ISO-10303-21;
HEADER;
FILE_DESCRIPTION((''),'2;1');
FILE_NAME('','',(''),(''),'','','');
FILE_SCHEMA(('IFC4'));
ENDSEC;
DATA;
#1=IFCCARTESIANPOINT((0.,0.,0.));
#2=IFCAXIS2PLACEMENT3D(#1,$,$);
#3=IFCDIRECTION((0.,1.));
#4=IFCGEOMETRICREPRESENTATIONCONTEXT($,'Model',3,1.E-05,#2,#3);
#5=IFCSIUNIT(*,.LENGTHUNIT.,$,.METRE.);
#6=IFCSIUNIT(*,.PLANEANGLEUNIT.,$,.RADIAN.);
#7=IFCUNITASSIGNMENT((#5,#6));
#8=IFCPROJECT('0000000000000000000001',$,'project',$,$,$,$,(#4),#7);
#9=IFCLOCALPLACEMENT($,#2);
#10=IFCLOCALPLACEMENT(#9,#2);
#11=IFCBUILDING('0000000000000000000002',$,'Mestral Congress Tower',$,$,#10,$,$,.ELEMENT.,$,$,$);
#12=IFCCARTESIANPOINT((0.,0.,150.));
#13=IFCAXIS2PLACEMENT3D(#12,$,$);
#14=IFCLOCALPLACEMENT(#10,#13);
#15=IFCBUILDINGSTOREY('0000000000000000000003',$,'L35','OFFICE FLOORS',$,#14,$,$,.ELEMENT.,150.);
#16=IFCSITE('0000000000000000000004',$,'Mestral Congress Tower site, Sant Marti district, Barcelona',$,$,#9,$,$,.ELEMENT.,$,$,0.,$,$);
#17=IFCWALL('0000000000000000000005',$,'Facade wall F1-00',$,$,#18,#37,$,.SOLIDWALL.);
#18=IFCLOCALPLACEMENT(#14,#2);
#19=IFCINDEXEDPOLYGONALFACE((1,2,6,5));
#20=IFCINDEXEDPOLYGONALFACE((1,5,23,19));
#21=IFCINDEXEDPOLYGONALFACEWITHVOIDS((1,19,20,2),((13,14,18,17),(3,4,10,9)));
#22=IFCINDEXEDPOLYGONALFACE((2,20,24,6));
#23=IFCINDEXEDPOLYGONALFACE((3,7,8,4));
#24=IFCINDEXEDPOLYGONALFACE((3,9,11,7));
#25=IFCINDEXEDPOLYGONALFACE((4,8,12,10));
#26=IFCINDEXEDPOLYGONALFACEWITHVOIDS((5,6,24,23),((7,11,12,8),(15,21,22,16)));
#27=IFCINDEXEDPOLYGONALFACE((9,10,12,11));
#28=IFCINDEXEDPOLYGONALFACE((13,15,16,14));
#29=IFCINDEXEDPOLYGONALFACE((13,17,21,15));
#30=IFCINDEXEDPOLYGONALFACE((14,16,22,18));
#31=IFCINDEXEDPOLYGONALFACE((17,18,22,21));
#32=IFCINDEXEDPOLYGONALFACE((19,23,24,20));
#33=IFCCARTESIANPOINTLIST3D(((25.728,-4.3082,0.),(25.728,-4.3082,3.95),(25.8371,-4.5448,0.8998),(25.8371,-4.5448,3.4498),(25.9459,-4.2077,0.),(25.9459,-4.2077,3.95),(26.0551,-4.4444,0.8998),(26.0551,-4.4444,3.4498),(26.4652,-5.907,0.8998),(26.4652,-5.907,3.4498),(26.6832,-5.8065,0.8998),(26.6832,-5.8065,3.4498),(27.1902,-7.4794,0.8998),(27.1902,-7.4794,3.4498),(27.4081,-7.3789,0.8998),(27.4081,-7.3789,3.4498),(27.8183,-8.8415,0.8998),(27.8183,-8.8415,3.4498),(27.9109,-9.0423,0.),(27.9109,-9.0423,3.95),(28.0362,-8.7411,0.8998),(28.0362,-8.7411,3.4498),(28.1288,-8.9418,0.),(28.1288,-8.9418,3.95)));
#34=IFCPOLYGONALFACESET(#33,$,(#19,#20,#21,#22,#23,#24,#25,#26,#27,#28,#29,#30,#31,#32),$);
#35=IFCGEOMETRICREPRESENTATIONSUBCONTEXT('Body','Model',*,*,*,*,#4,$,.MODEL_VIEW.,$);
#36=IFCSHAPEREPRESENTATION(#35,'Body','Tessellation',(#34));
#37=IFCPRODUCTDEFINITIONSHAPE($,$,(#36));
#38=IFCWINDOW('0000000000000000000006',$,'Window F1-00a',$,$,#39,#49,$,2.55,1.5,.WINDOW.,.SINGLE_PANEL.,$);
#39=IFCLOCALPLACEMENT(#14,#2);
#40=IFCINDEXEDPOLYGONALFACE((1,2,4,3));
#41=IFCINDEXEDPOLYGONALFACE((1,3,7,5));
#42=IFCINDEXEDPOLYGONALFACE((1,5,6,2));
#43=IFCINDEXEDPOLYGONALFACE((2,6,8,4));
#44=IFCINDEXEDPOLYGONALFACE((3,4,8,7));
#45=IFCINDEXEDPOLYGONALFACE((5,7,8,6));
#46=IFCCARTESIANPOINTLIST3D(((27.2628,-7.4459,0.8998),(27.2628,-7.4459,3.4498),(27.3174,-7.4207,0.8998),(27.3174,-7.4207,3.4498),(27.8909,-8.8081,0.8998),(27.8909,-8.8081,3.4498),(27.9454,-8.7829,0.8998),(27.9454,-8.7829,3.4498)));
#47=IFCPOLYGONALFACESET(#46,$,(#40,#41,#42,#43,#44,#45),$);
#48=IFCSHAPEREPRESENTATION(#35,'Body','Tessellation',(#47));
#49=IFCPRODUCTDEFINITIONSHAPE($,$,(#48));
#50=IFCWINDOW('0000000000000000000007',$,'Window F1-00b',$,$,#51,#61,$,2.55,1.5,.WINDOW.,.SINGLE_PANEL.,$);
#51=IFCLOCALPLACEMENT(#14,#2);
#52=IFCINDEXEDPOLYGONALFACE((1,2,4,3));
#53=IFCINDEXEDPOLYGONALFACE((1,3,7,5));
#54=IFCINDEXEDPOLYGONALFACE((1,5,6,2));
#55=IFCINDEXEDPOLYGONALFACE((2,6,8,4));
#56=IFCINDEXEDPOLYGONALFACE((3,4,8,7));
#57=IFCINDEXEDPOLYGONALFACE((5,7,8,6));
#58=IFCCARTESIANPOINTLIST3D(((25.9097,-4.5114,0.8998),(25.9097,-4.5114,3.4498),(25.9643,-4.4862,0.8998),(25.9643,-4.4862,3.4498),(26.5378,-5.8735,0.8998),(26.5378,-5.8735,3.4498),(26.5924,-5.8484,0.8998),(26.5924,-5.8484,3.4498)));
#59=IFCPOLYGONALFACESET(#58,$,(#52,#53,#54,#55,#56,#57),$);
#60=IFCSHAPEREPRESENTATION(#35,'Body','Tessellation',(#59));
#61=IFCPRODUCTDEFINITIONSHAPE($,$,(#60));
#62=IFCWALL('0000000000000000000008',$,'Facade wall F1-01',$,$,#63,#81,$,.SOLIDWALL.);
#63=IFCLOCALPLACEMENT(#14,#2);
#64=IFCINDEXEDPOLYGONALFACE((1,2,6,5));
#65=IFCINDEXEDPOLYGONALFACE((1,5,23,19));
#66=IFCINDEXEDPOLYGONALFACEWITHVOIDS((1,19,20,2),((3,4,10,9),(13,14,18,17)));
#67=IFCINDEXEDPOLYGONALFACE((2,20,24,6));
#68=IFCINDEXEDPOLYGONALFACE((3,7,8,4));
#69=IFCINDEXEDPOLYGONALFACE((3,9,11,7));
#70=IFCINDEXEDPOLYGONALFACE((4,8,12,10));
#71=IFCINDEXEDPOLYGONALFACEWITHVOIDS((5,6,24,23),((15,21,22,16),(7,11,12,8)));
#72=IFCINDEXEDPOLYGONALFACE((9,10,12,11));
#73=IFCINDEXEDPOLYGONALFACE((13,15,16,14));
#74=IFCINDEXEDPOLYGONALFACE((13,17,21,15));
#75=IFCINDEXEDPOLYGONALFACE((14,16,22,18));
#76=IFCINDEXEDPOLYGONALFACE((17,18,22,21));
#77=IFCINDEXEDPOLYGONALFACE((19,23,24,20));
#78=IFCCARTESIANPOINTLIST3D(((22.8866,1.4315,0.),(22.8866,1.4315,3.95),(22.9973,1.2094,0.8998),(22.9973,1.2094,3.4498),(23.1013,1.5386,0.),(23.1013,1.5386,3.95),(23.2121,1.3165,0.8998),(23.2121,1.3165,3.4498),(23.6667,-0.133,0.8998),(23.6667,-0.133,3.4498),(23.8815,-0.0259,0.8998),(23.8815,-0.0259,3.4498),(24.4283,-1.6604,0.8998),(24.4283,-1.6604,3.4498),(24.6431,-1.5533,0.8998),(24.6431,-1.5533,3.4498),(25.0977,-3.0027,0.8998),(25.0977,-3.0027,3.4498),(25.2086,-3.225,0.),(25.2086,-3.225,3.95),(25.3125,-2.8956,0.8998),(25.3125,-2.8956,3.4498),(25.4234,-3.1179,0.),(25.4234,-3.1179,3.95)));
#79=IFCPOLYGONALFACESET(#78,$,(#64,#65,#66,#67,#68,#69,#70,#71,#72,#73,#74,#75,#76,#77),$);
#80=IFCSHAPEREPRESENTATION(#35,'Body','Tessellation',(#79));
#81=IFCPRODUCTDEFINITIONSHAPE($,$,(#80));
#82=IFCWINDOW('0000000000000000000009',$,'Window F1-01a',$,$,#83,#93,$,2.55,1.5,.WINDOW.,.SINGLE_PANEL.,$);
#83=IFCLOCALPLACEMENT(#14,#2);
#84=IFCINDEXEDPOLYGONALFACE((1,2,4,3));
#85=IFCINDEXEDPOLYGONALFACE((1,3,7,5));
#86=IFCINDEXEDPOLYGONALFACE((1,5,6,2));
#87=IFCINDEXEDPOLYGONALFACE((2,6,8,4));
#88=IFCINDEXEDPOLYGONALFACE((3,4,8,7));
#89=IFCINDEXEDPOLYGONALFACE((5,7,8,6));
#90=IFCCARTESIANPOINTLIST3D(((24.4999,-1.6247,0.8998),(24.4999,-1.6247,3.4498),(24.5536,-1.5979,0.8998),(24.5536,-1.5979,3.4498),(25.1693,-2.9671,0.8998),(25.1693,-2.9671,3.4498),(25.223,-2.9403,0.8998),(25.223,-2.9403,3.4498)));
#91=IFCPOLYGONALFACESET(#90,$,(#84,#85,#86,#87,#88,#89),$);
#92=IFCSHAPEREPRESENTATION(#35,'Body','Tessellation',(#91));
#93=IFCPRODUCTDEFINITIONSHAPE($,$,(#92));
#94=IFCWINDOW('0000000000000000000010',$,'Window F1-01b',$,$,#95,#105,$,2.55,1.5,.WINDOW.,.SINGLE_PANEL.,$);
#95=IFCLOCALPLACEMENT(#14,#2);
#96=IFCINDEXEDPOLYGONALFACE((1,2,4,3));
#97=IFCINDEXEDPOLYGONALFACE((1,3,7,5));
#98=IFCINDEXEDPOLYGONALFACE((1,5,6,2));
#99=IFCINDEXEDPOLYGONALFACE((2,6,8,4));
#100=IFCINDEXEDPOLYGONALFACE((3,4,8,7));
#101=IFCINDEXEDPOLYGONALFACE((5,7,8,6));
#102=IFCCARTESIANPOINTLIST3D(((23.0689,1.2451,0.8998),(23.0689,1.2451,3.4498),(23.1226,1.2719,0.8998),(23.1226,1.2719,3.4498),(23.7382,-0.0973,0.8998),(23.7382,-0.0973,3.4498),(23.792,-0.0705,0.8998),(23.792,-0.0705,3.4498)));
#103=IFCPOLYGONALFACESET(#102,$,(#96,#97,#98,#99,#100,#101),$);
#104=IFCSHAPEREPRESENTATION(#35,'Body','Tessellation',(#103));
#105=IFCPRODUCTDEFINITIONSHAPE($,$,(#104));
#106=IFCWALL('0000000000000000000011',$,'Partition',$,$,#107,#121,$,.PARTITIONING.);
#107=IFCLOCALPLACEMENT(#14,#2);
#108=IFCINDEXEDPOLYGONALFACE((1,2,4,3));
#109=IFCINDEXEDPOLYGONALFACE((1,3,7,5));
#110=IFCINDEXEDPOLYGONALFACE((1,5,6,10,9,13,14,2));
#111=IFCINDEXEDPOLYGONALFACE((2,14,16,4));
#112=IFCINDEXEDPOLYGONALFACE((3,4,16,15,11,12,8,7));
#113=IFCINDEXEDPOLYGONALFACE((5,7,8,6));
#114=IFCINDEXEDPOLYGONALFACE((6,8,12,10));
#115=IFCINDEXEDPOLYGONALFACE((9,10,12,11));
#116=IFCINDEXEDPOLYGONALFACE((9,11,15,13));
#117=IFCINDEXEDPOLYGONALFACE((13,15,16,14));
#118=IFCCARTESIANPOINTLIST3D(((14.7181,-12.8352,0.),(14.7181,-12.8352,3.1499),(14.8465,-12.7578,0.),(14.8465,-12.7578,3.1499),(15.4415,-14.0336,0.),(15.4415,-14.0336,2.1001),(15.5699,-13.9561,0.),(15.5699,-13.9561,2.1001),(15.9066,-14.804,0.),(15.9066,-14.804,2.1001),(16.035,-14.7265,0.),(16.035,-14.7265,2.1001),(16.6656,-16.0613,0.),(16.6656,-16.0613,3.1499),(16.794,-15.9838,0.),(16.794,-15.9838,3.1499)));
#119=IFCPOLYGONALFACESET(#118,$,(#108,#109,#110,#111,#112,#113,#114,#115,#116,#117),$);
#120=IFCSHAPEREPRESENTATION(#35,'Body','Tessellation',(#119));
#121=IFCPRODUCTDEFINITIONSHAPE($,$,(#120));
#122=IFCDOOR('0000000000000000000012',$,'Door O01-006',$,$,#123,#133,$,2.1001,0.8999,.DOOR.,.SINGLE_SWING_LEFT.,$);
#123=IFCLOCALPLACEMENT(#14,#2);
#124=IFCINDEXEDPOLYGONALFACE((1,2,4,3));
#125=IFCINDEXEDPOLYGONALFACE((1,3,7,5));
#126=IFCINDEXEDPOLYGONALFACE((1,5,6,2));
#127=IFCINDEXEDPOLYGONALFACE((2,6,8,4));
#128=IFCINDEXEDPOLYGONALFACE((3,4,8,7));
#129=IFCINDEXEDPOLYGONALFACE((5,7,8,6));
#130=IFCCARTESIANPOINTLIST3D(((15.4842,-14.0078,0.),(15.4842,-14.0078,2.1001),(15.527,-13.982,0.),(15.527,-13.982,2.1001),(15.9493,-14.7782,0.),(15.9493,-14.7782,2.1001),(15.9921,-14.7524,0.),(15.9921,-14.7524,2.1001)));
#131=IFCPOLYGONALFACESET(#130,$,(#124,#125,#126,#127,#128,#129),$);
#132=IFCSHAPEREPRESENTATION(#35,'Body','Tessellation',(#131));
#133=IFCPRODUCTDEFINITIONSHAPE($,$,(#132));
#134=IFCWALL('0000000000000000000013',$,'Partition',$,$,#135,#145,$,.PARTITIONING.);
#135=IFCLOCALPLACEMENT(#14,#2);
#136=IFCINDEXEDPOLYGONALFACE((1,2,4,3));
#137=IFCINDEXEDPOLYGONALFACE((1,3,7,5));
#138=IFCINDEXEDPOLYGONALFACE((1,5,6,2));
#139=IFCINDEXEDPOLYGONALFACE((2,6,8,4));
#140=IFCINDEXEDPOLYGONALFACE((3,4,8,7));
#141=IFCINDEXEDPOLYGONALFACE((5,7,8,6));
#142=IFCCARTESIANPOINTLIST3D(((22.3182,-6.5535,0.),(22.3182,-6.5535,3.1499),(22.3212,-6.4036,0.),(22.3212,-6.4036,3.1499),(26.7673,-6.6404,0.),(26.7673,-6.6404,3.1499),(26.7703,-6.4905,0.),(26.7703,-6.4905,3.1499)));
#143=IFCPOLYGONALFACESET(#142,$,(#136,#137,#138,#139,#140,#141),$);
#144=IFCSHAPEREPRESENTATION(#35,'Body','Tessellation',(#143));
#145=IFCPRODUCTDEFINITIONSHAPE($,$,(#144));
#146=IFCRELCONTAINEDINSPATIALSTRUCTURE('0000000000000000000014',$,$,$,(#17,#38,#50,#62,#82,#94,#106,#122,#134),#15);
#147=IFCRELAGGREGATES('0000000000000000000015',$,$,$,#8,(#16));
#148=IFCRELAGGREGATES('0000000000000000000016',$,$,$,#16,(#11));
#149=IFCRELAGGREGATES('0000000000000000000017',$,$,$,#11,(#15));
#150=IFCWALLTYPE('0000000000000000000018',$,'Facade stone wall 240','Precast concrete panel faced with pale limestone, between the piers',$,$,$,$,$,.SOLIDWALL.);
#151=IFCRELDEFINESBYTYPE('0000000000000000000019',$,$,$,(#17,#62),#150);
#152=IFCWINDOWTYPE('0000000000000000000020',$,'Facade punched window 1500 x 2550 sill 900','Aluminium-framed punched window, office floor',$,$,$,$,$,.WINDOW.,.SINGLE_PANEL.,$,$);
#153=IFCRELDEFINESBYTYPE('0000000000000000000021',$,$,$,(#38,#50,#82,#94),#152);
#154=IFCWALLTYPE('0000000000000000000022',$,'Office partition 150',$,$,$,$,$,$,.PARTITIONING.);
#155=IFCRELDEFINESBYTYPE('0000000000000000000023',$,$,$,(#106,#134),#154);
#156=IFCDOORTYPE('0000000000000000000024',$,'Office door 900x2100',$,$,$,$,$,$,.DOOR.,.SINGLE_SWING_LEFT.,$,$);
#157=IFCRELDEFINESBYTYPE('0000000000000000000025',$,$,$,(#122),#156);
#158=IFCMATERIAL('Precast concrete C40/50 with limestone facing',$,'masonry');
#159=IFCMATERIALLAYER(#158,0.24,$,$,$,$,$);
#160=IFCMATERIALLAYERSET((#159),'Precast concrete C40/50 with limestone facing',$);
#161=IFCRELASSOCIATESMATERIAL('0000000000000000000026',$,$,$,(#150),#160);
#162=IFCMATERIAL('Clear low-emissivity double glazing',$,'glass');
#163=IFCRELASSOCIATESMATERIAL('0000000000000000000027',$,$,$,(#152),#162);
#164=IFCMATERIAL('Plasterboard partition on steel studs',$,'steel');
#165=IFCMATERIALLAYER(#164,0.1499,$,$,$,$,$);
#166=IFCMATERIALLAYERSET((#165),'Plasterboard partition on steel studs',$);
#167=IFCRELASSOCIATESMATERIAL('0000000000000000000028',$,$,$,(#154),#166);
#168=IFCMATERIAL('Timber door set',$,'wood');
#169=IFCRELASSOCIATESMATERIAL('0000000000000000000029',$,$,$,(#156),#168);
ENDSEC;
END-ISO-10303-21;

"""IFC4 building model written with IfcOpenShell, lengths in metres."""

from ifc_helpers import new_model, si_unit, direction, frame, frame_2d, origin, place, context, subcontext, project, spatial, rectangle, extrude, material, layer, layer_set, type_object, element, fill, save


model = new_model("IFC4")

# Units and contexts
model_context = context("Model", 3, precision=1e-05, world=origin(), true_north=direction((0.0, 1.0)))
body_context = subcontext(model_context, "Body", "Model", "MODEL_VIEW")
ifc_project = project(units=[si_unit("LENGTHUNIT", "METRE"), si_unit("PLANEANGLEUNIT", "RADIAN")], contexts=[model_context])

# Site, building, storey
site_placement = place(None, origin())
site = spatial("IfcSite", under=ifc_project, at=site_placement, Name="Mestral Congress Tower site, Sant Marti district, Barcelona", CompositionType="ELEMENT", RefElevation=0.0)
building_placement = place(site_placement, origin())
building = spatial("IfcBuilding", under=site, at=building_placement, Name="Mestral Congress Tower", CompositionType="ELEMENT")
storey_placement = place(building_placement, frame((0.0, 0.0, 150.0)))
storey = spatial("IfcBuildingStorey", under=building, at=storey_placement, Name="L35", Description="OFFICE FLOORS", CompositionType="ELEMENT", Elevation=150.0)

# Shared definitions
ifc_material_1 = material(Name="Precast concrete C40/50 with limestone facing", Category="masonry")
ifc_layer_1 = layer(ifc_material_1, 0.24)
ifc_layer_set_1 = layer_set([ifc_layer_1], Name="Precast concrete C40/50 with limestone facing")
wall_type_1 = type_object("IfcWallType", Name="Facade stone wall 240", Description="Precast concrete panel faced with pale limestone, between the piers", PredefinedType="SOLIDWALL", material=ifc_layer_set_1)
ifc_material_2 = material(Name="Clear low-emissivity double glazing", Category="glass")

# Walls, openings, windows
wall_1_placement = place(storey_placement, frame((28.0198, -8.9919, 0.0), z_axis=(0.0, 0.0, 1.0), x_axis=(-0.418723, 0.908114, 0.0)))
wall_1 = element("IfcWall", 1, at=wall_1_placement, inside=storey, type_object=wall_type_1, Name="Facade wall F1-00", PredefinedType="SOLIDWALL", context=body_context, shape_type="SweptSolid", body=[
    extrude(rectangle(XDim=5.2131, YDim=0.24, at=frame_2d((2.6064, 0.0))), origin(), (0.0, 0.0, 1.0), 3.95),
])
opening_1_placement = place(wall_1_placement, frame((0.2209, 0.0, 0.8999)))
opening_1 = element("IfcOpeningElement", 2, at=opening_1_placement, cuts=wall_1, PredefinedType="OPENING", context=body_context, shape_type="SweptSolid", body=[
    extrude(rectangle(XDim=1.5, YDim=2.55, at=frame_2d((0.75, 1.2749))), frame((0.0, 0.1299, 0.0), z_axis=(0.0, -1.0, 0.0), x_axis=(1.0, 0.0, 0.0)), (0.0, 0.0, 1.0), 0.26),
])
opening_2_placement = place(wall_1_placement, frame((3.4524, 0.0, 0.8999)))
opening_2 = element("IfcOpeningElement", 3, at=opening_2_placement, cuts=wall_1, PredefinedType="OPENING", context=body_context, shape_type="SweptSolid", body=[
    extrude(rectangle(XDim=1.5, YDim=2.55, at=frame_2d((0.75, 1.2749))), frame((0.0, 0.1299, 0.0), z_axis=(0.0, -1.0, 0.0), x_axis=(1.0, 0.0, 0.0)), (0.0, 0.0, 1.0), 0.26),
])
window_type_1 = type_object("IfcWindowType", Name="Facade punched window 1500 x 2550 sill 900", Description="Aluminium-framed punched window, office floor", PartitioningType="SINGLE_PANEL", PredefinedType="WINDOW", material=ifc_material_2)
window_1_placement = place(opening_1_placement, origin())
window_1 = element("IfcWindow", 4, at=window_1_placement, inside=storey, type_object=window_type_1, Name="Window F1-00a", OverallHeight=2.55, OverallWidth=1.5, PartitioningType="SINGLE_PANEL", PredefinedType="WINDOW", context=body_context, shape_type="SweptSolid", body=[
    extrude(rectangle(XDim=1.5, YDim=2.55, at=frame_2d((0.75, 1.2749))), frame((0.0, 0.04, 0.0), z_axis=(0.0, -1.0, 0.0), x_axis=(1.0, 0.0, 0.0)), (0.0, 0.0, 1.0), 0.0601),
])
fill(opening_1, window_1)
window_2_placement = place(opening_2_placement, origin())
window_2 = element("IfcWindow", 5, at=window_2_placement, inside=storey, type_object=window_type_1, Name="Window F1-00b", OverallHeight=2.55, OverallWidth=1.5, PartitioningType="SINGLE_PANEL", PredefinedType="WINDOW", context=body_context, shape_type="SweptSolid", body=[
    extrude(rectangle(XDim=1.5, YDim=2.55, at=frame_2d((0.75, 1.2749))), frame((0.0, 0.04, 0.0), z_axis=(0.0, -1.0, 0.0), x_axis=(1.0, 0.0, 0.0)), (0.0, 0.0, 1.0), 0.0601),
])
fill(opening_2, window_2)
wall_2_placement = place(storey_placement, frame((25.3159, -3.1714, 0.0), z_axis=(0.0, 0.0, 1.0), x_axis=(-0.446256, 0.894905, 0.0)))
wall_2 = element("IfcWall", 6, at=wall_2_placement, inside=storey, type_object=wall_type_1, Name="Facade wall F1-01", PredefinedType="SOLIDWALL", context=body_context, shape_type="SweptSolid", body=[
    extrude(rectangle(XDim=5.2034, YDim=0.24, at=frame_2d((2.6016, 0.0))), origin(), (0.0, 0.0, 1.0), 3.95),
])
opening_3_placement = place(wall_2_placement, frame((0.2483, 0.0, 0.8999)))
opening_3 = element("IfcOpeningElement", 7, at=opening_3_placement, cuts=wall_2, PredefinedType="OPENING", context=body_context, shape_type="SweptSolid", body=[
    extrude(rectangle(XDim=1.5, YDim=2.55, at=frame_2d((0.75, 1.2749))), frame((0.0, 0.1299, 0.0), z_axis=(0.0, -1.0, 0.0), x_axis=(1.0, 0.0, 0.0)), (0.0, 0.0, 1.0), 0.26),
])
opening_4_placement = place(wall_2_placement, frame((3.4551, 0.0, 0.8999)))
opening_4 = element("IfcOpeningElement", 8, at=opening_4_placement, cuts=wall_2, PredefinedType="OPENING", context=body_context, shape_type="SweptSolid", body=[
    extrude(rectangle(XDim=1.5, YDim=2.55, at=frame_2d((0.75, 1.2749))), frame((0.0, 0.1299, 0.0), z_axis=(0.0, -1.0, 0.0), x_axis=(1.0, 0.0, 0.0)), (0.0, 0.0, 1.0), 0.26),
])
window_3_placement = place(opening_3_placement, origin())
window_3 = element("IfcWindow", 9, at=window_3_placement, inside=storey, type_object=window_type_1, Name="Window F1-01a", OverallHeight=2.55, OverallWidth=1.5, PartitioningType="SINGLE_PANEL", PredefinedType="WINDOW", context=body_context, shape_type="SweptSolid", body=[
    extrude(rectangle(XDim=1.5, YDim=2.55, at=frame_2d((0.75, 1.2749))), frame((0.0, 0.04, 0.0), z_axis=(0.0, -1.0, 0.0), x_axis=(1.0, 0.0, 0.0)), (0.0, 0.0, 1.0), 0.0601),
])
fill(opening_3, window_3)
window_4_placement = place(opening_4_placement, origin())
window_4 = element("IfcWindow", 10, at=window_4_placement, inside=storey, type_object=window_type_1, Name="Window F1-01b", OverallHeight=2.55, OverallWidth=1.5, PartitioningType="SINGLE_PANEL", PredefinedType="WINDOW", context=body_context, shape_type="SweptSolid", body=[
    extrude(rectangle(XDim=1.5, YDim=2.55, at=frame_2d((0.75, 1.2749))), frame((0.0, 0.04, 0.0), z_axis=(0.0, -1.0, 0.0), x_axis=(1.0, 0.0, 0.0)), (0.0, 0.0, 1.0), 0.0601),
])
fill(opening_4, window_4)

# Wall, opening, door
ifc_material_3 = material(Name="Plasterboard partition on steel studs", Category="steel")
ifc_layer_2 = layer(ifc_material_3, 0.1499)
ifc_layer_set_2 = layer_set([ifc_layer_2], Name="Plasterboard partition on steel studs")
wall_type_2 = type_object("IfcWallType", Name="Office partition 150", PredefinedType="PARTITIONING", material=ifc_layer_set_2)
wall_3_placement = place(storey_placement, frame((14.7822, -12.7964, 0.0), z_axis=(0.0, 0.0, 1.0), x_axis=(0.516809, -0.856101, 0.0)))
wall_3 = element("IfcWall", 11, at=wall_3_placement, inside=storey, type_object=wall_type_2, Name="Partition", PredefinedType="PARTITIONING", context=body_context, shape_type="SweptSolid", body=[
    extrude(rectangle(XDim=3.7683, YDim=0.1499, at=frame_2d((1.8843, 0.0))), origin(), (0.0, 0.0, 1.0), 3.1499),
])
opening_5_placement = place(wall_3_placement, frame((1.3999, 0.0, 0.0)))
opening_5 = element("IfcOpeningElement", 12, at=opening_5_placement, cuts=wall_3, PredefinedType="OPENING", context=body_context, shape_type="SweptSolid", body=[
    extrude(rectangle(XDim=0.8999, YDim=2.1001, at=frame_2d((0.45, 1.05))), frame((0.0, 0.085, 0.0), z_axis=(0.0, -1.0, 0.0), x_axis=(1.0, 0.0, 0.0)), (0.0, 0.0, 1.0), 0.1699),
])
ifc_material_4 = material(Name="Timber door set", Category="wood")
door_type = type_object("IfcDoorType", Name="Office door 900x2100", OperationType="SINGLE_SWING_LEFT", PredefinedType="DOOR", material=ifc_material_4)
door_1_placement = place(opening_5_placement, origin())
door_1 = element("IfcDoor", 13, at=door_1_placement, inside=storey, type_object=door_type, Name="Door O01-006", OperationType="SINGLE_SWING_LEFT", OverallHeight=2.1001, OverallWidth=0.8999, PredefinedType="DOOR", context=body_context, shape_type="SweptSolid", body=[
    extrude(rectangle(XDim=0.8999, YDim=2.1001, at=frame_2d((0.45, 1.05))), frame((0.0, 0.0249, 0.0), z_axis=(0.0, -1.0, 0.0), x_axis=(1.0, 0.0, 0.0)), (0.0, 0.0, 1.0), 0.05),
])
fill(opening_5, door_1)

# Wall
wall_4_placement = place(storey_placement, frame((22.3196, -6.4785, 0.0), z_axis=(0.0, 0.0, 1.0), x_axis=(0.999809, -0.019531, 0.0)))
element("IfcWall", 14, at=wall_4_placement, inside=storey, type_object=wall_type_2, Name="Partition", PredefinedType="PARTITIONING", context=body_context, shape_type="SweptSolid", body=[
    extrude(rectangle(XDim=4.45, YDim=0.1499, at=frame_2d((2.2251, 0.0))), origin(), (0.0, 0.0, 1.0), 3.1499),
])

save(model, "model.ifc")
